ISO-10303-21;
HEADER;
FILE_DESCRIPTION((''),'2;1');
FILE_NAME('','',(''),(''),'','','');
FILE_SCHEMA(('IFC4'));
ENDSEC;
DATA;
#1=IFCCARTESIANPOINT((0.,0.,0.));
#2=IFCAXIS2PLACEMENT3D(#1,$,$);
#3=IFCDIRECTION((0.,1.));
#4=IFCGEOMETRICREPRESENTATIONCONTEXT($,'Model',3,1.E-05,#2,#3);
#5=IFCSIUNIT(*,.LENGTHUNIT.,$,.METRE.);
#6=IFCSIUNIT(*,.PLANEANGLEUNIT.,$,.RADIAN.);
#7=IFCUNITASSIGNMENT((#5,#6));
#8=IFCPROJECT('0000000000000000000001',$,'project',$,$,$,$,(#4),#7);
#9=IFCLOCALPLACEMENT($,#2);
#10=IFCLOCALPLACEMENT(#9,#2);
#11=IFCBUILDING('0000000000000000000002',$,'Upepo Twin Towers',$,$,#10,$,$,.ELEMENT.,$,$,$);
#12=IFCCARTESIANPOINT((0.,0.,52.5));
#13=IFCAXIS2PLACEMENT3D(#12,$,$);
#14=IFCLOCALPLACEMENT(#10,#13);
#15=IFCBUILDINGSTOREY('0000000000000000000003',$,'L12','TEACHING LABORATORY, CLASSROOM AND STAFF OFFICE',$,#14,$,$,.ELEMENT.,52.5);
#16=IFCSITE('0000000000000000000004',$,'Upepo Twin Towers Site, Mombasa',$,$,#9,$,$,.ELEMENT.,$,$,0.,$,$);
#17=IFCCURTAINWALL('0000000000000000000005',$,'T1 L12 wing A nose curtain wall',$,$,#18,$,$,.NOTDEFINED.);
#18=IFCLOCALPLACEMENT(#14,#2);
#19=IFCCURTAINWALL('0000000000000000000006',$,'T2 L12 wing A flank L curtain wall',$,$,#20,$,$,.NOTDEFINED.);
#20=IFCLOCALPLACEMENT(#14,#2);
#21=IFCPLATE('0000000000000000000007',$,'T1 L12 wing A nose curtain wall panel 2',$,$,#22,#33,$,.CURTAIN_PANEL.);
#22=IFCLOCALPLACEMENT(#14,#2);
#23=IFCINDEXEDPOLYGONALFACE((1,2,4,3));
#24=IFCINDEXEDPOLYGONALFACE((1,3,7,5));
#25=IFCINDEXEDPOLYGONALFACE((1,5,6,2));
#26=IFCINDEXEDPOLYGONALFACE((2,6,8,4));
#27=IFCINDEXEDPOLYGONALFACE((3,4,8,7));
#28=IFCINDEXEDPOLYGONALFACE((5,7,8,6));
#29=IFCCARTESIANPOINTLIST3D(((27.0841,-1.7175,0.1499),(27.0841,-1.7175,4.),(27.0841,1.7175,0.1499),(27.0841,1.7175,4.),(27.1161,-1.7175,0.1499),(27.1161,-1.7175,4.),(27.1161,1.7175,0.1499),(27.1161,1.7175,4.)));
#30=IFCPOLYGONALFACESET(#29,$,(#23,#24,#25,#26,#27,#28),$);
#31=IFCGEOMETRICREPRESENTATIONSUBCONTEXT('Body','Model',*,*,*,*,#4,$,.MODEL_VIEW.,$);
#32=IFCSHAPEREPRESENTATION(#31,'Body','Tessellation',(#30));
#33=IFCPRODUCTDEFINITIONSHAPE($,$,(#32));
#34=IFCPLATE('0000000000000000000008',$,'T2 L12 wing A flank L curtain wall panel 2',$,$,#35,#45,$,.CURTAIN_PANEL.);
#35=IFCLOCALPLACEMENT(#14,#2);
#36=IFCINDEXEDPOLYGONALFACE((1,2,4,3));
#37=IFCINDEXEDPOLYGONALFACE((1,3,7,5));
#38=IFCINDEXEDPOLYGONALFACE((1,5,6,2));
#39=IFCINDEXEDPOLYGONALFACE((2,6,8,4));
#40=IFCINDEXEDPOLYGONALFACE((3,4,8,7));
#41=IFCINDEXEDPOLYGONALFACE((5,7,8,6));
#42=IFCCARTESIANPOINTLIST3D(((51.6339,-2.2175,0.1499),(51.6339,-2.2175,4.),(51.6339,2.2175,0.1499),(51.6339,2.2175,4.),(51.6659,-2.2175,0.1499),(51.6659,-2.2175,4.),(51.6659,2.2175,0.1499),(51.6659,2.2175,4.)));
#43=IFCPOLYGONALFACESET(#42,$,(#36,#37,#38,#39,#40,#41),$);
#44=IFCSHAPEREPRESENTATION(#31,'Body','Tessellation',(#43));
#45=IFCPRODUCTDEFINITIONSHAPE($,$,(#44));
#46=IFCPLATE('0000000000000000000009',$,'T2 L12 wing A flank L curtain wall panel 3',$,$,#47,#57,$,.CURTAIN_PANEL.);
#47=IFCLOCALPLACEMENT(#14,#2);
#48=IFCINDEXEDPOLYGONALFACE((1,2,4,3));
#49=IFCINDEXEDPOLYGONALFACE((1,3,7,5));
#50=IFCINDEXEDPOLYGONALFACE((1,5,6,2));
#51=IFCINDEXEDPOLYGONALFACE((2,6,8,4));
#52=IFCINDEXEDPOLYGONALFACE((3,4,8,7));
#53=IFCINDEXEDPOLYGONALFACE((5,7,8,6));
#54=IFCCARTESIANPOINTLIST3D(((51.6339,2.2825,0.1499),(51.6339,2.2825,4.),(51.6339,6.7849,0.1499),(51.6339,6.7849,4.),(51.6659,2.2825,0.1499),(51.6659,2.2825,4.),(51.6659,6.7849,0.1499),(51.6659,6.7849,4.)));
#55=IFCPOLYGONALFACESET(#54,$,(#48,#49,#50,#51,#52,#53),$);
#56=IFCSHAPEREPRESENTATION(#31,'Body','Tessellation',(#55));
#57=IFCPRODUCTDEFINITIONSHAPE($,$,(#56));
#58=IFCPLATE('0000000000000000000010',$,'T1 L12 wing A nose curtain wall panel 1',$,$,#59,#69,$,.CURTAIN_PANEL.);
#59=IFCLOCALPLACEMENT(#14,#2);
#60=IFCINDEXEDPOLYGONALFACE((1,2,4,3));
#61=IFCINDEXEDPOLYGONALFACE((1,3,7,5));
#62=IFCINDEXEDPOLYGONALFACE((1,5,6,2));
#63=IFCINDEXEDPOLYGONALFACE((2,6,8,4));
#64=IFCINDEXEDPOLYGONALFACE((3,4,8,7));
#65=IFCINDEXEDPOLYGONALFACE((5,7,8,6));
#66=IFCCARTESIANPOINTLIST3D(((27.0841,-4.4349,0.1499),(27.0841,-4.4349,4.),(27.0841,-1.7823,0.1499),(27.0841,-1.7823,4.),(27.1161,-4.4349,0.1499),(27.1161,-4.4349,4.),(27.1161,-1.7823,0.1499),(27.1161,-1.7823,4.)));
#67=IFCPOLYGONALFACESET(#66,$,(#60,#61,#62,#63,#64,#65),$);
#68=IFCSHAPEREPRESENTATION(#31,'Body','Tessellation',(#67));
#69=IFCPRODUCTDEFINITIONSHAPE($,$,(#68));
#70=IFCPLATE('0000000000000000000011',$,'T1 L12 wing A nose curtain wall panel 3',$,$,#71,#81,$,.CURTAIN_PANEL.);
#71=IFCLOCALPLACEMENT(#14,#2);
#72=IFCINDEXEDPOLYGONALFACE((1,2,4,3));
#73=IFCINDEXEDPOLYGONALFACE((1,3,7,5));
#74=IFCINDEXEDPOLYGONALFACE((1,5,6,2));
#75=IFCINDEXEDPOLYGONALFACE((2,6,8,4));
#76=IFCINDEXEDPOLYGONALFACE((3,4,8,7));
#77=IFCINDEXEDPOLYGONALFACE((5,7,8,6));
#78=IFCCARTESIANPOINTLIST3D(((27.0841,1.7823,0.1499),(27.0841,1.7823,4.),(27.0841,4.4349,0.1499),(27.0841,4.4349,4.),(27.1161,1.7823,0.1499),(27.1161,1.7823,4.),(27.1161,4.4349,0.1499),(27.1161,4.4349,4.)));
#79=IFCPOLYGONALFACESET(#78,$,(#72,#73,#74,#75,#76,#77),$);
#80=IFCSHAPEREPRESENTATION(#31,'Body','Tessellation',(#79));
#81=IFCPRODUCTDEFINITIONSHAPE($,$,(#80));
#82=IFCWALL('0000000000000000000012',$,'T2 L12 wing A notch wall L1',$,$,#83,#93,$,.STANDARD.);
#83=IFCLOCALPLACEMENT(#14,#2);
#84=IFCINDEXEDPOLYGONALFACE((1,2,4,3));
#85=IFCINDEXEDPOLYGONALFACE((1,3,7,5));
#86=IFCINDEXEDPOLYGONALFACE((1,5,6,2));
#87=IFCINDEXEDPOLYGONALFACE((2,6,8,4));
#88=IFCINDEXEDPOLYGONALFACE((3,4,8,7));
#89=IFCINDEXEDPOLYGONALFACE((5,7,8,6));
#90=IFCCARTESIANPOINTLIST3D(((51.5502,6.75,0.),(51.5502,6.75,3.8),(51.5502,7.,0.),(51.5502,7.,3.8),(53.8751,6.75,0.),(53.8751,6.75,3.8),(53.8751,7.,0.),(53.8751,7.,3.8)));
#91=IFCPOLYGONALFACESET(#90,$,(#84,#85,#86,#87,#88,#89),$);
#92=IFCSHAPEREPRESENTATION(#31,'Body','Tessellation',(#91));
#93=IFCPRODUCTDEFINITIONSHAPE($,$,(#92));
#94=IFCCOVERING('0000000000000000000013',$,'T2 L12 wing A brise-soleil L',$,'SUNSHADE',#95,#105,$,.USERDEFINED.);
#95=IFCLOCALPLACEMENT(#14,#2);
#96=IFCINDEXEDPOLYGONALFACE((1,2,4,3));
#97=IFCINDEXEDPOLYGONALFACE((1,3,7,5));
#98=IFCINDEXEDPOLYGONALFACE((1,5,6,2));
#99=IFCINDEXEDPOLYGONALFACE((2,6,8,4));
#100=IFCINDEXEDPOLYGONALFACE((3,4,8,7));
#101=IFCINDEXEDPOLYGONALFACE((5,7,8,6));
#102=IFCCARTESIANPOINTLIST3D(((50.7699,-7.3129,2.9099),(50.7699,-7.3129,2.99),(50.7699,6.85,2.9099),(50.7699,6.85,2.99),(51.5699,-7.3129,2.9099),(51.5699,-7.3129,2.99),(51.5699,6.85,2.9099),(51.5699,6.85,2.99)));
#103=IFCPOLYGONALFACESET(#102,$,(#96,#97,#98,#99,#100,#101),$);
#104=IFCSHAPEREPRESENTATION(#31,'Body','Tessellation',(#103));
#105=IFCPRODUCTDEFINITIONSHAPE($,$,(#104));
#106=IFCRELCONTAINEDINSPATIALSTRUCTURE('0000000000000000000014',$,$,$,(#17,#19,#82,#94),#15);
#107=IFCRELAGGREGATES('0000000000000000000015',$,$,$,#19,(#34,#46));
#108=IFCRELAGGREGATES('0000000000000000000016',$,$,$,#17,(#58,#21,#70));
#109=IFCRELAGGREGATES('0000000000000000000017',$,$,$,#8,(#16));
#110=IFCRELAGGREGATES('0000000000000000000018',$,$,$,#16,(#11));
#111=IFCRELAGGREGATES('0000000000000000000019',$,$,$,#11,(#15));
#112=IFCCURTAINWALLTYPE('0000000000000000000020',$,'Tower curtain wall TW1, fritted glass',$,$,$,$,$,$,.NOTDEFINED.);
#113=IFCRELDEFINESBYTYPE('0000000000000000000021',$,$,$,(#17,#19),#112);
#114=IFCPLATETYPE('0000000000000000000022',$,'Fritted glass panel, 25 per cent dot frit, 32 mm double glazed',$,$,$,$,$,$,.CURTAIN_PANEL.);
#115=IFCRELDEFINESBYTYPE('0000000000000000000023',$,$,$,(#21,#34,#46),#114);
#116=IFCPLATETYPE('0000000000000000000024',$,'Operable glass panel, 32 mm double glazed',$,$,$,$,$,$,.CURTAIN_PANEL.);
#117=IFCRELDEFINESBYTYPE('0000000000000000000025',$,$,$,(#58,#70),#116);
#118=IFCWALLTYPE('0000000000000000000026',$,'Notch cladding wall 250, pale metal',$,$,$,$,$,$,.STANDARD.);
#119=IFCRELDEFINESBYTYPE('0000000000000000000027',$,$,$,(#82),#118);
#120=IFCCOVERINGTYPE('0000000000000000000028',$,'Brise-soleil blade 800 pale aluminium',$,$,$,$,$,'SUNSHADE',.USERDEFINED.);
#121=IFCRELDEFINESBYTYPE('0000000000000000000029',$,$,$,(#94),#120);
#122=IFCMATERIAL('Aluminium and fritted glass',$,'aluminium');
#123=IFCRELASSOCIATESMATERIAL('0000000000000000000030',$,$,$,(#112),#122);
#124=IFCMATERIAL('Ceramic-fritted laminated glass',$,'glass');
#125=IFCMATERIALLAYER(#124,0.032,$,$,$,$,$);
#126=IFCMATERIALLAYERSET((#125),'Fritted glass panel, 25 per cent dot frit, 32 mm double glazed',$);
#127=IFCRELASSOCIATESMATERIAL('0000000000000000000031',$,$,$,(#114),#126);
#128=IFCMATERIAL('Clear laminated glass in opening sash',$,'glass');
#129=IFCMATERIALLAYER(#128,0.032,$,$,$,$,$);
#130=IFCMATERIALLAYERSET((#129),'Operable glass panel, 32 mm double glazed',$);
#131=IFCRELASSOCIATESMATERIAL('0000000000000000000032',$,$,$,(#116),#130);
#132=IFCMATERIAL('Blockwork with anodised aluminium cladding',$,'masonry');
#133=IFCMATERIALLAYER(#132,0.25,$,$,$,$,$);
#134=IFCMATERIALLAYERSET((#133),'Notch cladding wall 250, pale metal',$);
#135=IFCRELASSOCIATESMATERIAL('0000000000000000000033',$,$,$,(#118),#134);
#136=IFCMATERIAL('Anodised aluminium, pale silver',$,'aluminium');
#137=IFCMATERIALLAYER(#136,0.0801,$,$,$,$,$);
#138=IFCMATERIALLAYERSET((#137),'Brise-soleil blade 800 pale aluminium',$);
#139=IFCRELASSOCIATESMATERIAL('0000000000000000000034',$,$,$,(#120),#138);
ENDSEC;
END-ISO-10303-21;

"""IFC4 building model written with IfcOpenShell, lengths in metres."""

from ifc_helpers import new_model, si_unit, direction, frame, frame_2d, origin, origin_2d, place, context, subcontext, project, spatial, rectangle, extrude, material, layer, layer_set, type_object, element, aggregate, save


model = new_model("IFC4")

# Units and contexts
model_context = context("Model", 3, precision=1e-05, world=origin(), true_north=direction((0.0, 1.0)))
body_context = subcontext(model_context, "Body", "Model", "MODEL_VIEW")
ifc_project = project(units=[si_unit("LENGTHUNIT", "METRE"), si_unit("PLANEANGLEUNIT", "RADIAN")], contexts=[model_context])

# Site, building, storey
site_placement = place(None, origin())
site = spatial("IfcSite", under=ifc_project, at=site_placement, Name="Upepo Twin Towers Site, Mombasa", CompositionType="ELEMENT", RefElevation=0.0)
building_placement = place(site_placement, origin())
building = spatial("IfcBuilding", under=site, at=building_placement, Name="Upepo Twin Towers", CompositionType="ELEMENT")
storey_placement = place(building_placement, frame((0.0, 0.0, 52.5)))
storey = spatial("IfcBuildingStorey", under=building, at=storey_placement, Name="L12", Description="TEACHING LABORATORY, CLASSROOM AND STAFF OFFICE", CompositionType="ELEMENT", Elevation=52.5)

# Curtain wall
ifc_material_1 = material(Name="Aluminium and fritted glass", Category="aluminium")
curtain_wall_type = type_object("IfcCurtainWallType", Name="Tower curtain wall TW1, fritted glass", PredefinedType="NOTDEFINED", material=ifc_material_1)
curtain_wall_1_placement = place(storey_placement, origin())
curtain_wall_1 = element("IfcCurtainWall", 1, at=curtain_wall_1_placement, inside=storey, type_object=curtain_wall_type, Name="T1 L12 wing A nose curtain wall", PredefinedType="NOTDEFINED")

# Curtain wall
curtain_wall_2_placement = place(storey_placement, origin())
curtain_wall_2 = element("IfcCurtainWall", 2, at=curtain_wall_2_placement, inside=storey, type_object=curtain_wall_type, Name="T2 L12 wing A flank L curtain wall", PredefinedType="NOTDEFINED")

# Plates
ifc_material_2 = material(Name="Ceramic-fritted laminated glass", Category="glass")
ifc_layer_1 = layer(ifc_material_2, 0.032)
ifc_layer_set_1 = layer_set([ifc_layer_1], Name="Fritted glass panel, 25 per cent dot frit, 32 mm double glazed")
plate_type_1 = type_object("IfcPlateType", Name="Fritted glass panel, 25 per cent dot frit, 32 mm double glazed", PredefinedType="CURTAIN_PANEL", material=ifc_layer_set_1)
plate_1_placement = place(storey_placement, frame((27.1001, 0.0, 0.1499), z_axis=(0.0, 0.0, 1.0), x_axis=(0.0, 1.0, 0.0)))
plate_1 = element("IfcPlate", 3, at=plate_1_placement, type_object=plate_type_1, Name="T1 L12 wing A nose curtain wall panel 2", PredefinedType="CURTAIN_PANEL", context=body_context, shape_type="SweptSolid", body=[
    extrude(rectangle(XDim=3.4351, YDim=0.032, at=origin_2d()), origin(), (0.0, 0.0, 1.0), 3.8501),
])
plate_2_placement = place(storey_placement, frame((51.6499, 0.0, 0.1499), z_axis=(0.0, 0.0, 1.0), x_axis=(0.0, 1.0, 0.0)))
plate_2 = element("IfcPlate", 4, at=plate_2_placement, type_object=plate_type_1, Name="T2 L12 wing A flank L curtain wall panel 2", PredefinedType="CURTAIN_PANEL", context=body_context, shape_type="SweptSolid", body=[
    extrude(rectangle(XDim=4.4351, YDim=0.032, at=origin_2d()), origin(), (0.0, 0.0, 1.0), 3.8501),
])
plate_3_placement = place(storey_placement, frame((51.6499, 4.5337, 0.1499), z_axis=(0.0, 0.0, 1.0), x_axis=(0.0, 1.0, 0.0)))
plate_3 = element("IfcPlate", 5, at=plate_3_placement, type_object=plate_type_1, Name="T2 L12 wing A flank L curtain wall panel 3", PredefinedType="CURTAIN_PANEL", context=body_context, shape_type="SweptSolid", body=[
    extrude(rectangle(XDim=4.5024, YDim=0.032, at=origin_2d()), origin(), (0.0, 0.0, 1.0), 3.8501),
])
aggregate(curtain_wall_2, [plate_2, plate_3])
ifc_material_3 = material(Name="Clear laminated glass in opening sash", Category="glass")
ifc_layer_2 = layer(ifc_material_3, 0.032)
ifc_layer_set_2 = layer_set([ifc_layer_2], Name="Operable glass panel, 32 mm double glazed")
plate_type_2 = type_object("IfcPlateType", Name="Operable glass panel, 32 mm double glazed", PredefinedType="CURTAIN_PANEL", material=ifc_layer_set_2)
plate_4_placement = place(storey_placement, frame((27.1001, -3.1086, 0.1499), z_axis=(0.0, 0.0, 1.0), x_axis=(0.0, 1.0, 0.0)))
plate_4 = element("IfcPlate", 6, at=plate_4_placement, type_object=plate_type_2, Name="T1 L12 wing A nose curtain wall panel 1", PredefinedType="CURTAIN_PANEL", context=body_context, shape_type="SweptSolid", body=[
    extrude(rectangle(XDim=2.6526, YDim=0.032, at=origin_2d()), origin(), (0.0, 0.0, 1.0), 3.8501),
])
plate_5_placement = place(storey_placement, frame((27.1001, 3.1086, 0.1499), z_axis=(0.0, 0.0, 1.0), x_axis=(0.0, 1.0, 0.0)))
plate_5 = element("IfcPlate", 7, at=plate_5_placement, type_object=plate_type_2, Name="T1 L12 wing A nose curtain wall panel 3", PredefinedType="CURTAIN_PANEL", context=body_context, shape_type="SweptSolid", body=[
    extrude(rectangle(XDim=2.6526, YDim=0.032, at=origin_2d()), origin(), (0.0, 0.0, 1.0), 3.8501),
])
aggregate(curtain_wall_1, [plate_4, plate_1, plate_5])

# Wall
ifc_material_4 = material(Name="Blockwork with anodised aluminium cladding", Category="masonry")
ifc_layer_3 = layer(ifc_material_4, 0.25)
ifc_layer_set_3 = layer_set([ifc_layer_3], Name="Notch cladding wall 250, pale metal")
wall_type = type_object("IfcWallType", Name="Notch cladding wall 250, pale metal", PredefinedType="STANDARD", material=ifc_layer_set_3)
wall_placement = place(storey_placement, frame((51.55, 6.875, 0.0), z_axis=(0.0, 0.0, 1.0), x_axis=(1.0, 0.0, 0.0)))
element("IfcWall", 8, at=wall_placement, inside=storey, type_object=wall_type, Name="T2 L12 wing A notch wall L1", PredefinedType="STANDARD", context=body_context, shape_type="SweptSolid", body=[
    extrude(rectangle(XDim=2.325, YDim=0.25, at=frame_2d((1.1626, 0.0))), origin(), (0.0, 0.0, 1.0), 3.8),
])

# Covering
ifc_material_5 = material(Name="Anodised aluminium, pale silver", Category="aluminium")
ifc_layer_4 = layer(ifc_material_5, 0.0801)
ifc_layer_set_4 = layer_set([ifc_layer_4], Name="Brise-soleil blade 800 pale aluminium")
covering_type = type_object("IfcCoveringType", Name="Brise-soleil blade 800 pale aluminium", ElementType="SUNSHADE", PredefinedType="USERDEFINED", material=ifc_layer_set_4)
covering_placement = place(storey_placement, frame((51.1699, -0.2314, 2.9099), z_axis=(0.0, 0.0, 1.0), x_axis=(0.0, 1.0, 0.0)))
element("IfcCovering", 9, at=covering_placement, inside=storey, type_object=covering_type, Name="T2 L12 wing A brise-soleil L", ObjectType="SUNSHADE", PredefinedType="USERDEFINED", context=body_context, shape_type="SweptSolid", body=[
    extrude(rectangle(XDim=14.1628, YDim=0.8, at=origin_2d()), origin(), (0.0, 0.0, 1.0), 0.0801),
])

save(model, "model.ifc")
